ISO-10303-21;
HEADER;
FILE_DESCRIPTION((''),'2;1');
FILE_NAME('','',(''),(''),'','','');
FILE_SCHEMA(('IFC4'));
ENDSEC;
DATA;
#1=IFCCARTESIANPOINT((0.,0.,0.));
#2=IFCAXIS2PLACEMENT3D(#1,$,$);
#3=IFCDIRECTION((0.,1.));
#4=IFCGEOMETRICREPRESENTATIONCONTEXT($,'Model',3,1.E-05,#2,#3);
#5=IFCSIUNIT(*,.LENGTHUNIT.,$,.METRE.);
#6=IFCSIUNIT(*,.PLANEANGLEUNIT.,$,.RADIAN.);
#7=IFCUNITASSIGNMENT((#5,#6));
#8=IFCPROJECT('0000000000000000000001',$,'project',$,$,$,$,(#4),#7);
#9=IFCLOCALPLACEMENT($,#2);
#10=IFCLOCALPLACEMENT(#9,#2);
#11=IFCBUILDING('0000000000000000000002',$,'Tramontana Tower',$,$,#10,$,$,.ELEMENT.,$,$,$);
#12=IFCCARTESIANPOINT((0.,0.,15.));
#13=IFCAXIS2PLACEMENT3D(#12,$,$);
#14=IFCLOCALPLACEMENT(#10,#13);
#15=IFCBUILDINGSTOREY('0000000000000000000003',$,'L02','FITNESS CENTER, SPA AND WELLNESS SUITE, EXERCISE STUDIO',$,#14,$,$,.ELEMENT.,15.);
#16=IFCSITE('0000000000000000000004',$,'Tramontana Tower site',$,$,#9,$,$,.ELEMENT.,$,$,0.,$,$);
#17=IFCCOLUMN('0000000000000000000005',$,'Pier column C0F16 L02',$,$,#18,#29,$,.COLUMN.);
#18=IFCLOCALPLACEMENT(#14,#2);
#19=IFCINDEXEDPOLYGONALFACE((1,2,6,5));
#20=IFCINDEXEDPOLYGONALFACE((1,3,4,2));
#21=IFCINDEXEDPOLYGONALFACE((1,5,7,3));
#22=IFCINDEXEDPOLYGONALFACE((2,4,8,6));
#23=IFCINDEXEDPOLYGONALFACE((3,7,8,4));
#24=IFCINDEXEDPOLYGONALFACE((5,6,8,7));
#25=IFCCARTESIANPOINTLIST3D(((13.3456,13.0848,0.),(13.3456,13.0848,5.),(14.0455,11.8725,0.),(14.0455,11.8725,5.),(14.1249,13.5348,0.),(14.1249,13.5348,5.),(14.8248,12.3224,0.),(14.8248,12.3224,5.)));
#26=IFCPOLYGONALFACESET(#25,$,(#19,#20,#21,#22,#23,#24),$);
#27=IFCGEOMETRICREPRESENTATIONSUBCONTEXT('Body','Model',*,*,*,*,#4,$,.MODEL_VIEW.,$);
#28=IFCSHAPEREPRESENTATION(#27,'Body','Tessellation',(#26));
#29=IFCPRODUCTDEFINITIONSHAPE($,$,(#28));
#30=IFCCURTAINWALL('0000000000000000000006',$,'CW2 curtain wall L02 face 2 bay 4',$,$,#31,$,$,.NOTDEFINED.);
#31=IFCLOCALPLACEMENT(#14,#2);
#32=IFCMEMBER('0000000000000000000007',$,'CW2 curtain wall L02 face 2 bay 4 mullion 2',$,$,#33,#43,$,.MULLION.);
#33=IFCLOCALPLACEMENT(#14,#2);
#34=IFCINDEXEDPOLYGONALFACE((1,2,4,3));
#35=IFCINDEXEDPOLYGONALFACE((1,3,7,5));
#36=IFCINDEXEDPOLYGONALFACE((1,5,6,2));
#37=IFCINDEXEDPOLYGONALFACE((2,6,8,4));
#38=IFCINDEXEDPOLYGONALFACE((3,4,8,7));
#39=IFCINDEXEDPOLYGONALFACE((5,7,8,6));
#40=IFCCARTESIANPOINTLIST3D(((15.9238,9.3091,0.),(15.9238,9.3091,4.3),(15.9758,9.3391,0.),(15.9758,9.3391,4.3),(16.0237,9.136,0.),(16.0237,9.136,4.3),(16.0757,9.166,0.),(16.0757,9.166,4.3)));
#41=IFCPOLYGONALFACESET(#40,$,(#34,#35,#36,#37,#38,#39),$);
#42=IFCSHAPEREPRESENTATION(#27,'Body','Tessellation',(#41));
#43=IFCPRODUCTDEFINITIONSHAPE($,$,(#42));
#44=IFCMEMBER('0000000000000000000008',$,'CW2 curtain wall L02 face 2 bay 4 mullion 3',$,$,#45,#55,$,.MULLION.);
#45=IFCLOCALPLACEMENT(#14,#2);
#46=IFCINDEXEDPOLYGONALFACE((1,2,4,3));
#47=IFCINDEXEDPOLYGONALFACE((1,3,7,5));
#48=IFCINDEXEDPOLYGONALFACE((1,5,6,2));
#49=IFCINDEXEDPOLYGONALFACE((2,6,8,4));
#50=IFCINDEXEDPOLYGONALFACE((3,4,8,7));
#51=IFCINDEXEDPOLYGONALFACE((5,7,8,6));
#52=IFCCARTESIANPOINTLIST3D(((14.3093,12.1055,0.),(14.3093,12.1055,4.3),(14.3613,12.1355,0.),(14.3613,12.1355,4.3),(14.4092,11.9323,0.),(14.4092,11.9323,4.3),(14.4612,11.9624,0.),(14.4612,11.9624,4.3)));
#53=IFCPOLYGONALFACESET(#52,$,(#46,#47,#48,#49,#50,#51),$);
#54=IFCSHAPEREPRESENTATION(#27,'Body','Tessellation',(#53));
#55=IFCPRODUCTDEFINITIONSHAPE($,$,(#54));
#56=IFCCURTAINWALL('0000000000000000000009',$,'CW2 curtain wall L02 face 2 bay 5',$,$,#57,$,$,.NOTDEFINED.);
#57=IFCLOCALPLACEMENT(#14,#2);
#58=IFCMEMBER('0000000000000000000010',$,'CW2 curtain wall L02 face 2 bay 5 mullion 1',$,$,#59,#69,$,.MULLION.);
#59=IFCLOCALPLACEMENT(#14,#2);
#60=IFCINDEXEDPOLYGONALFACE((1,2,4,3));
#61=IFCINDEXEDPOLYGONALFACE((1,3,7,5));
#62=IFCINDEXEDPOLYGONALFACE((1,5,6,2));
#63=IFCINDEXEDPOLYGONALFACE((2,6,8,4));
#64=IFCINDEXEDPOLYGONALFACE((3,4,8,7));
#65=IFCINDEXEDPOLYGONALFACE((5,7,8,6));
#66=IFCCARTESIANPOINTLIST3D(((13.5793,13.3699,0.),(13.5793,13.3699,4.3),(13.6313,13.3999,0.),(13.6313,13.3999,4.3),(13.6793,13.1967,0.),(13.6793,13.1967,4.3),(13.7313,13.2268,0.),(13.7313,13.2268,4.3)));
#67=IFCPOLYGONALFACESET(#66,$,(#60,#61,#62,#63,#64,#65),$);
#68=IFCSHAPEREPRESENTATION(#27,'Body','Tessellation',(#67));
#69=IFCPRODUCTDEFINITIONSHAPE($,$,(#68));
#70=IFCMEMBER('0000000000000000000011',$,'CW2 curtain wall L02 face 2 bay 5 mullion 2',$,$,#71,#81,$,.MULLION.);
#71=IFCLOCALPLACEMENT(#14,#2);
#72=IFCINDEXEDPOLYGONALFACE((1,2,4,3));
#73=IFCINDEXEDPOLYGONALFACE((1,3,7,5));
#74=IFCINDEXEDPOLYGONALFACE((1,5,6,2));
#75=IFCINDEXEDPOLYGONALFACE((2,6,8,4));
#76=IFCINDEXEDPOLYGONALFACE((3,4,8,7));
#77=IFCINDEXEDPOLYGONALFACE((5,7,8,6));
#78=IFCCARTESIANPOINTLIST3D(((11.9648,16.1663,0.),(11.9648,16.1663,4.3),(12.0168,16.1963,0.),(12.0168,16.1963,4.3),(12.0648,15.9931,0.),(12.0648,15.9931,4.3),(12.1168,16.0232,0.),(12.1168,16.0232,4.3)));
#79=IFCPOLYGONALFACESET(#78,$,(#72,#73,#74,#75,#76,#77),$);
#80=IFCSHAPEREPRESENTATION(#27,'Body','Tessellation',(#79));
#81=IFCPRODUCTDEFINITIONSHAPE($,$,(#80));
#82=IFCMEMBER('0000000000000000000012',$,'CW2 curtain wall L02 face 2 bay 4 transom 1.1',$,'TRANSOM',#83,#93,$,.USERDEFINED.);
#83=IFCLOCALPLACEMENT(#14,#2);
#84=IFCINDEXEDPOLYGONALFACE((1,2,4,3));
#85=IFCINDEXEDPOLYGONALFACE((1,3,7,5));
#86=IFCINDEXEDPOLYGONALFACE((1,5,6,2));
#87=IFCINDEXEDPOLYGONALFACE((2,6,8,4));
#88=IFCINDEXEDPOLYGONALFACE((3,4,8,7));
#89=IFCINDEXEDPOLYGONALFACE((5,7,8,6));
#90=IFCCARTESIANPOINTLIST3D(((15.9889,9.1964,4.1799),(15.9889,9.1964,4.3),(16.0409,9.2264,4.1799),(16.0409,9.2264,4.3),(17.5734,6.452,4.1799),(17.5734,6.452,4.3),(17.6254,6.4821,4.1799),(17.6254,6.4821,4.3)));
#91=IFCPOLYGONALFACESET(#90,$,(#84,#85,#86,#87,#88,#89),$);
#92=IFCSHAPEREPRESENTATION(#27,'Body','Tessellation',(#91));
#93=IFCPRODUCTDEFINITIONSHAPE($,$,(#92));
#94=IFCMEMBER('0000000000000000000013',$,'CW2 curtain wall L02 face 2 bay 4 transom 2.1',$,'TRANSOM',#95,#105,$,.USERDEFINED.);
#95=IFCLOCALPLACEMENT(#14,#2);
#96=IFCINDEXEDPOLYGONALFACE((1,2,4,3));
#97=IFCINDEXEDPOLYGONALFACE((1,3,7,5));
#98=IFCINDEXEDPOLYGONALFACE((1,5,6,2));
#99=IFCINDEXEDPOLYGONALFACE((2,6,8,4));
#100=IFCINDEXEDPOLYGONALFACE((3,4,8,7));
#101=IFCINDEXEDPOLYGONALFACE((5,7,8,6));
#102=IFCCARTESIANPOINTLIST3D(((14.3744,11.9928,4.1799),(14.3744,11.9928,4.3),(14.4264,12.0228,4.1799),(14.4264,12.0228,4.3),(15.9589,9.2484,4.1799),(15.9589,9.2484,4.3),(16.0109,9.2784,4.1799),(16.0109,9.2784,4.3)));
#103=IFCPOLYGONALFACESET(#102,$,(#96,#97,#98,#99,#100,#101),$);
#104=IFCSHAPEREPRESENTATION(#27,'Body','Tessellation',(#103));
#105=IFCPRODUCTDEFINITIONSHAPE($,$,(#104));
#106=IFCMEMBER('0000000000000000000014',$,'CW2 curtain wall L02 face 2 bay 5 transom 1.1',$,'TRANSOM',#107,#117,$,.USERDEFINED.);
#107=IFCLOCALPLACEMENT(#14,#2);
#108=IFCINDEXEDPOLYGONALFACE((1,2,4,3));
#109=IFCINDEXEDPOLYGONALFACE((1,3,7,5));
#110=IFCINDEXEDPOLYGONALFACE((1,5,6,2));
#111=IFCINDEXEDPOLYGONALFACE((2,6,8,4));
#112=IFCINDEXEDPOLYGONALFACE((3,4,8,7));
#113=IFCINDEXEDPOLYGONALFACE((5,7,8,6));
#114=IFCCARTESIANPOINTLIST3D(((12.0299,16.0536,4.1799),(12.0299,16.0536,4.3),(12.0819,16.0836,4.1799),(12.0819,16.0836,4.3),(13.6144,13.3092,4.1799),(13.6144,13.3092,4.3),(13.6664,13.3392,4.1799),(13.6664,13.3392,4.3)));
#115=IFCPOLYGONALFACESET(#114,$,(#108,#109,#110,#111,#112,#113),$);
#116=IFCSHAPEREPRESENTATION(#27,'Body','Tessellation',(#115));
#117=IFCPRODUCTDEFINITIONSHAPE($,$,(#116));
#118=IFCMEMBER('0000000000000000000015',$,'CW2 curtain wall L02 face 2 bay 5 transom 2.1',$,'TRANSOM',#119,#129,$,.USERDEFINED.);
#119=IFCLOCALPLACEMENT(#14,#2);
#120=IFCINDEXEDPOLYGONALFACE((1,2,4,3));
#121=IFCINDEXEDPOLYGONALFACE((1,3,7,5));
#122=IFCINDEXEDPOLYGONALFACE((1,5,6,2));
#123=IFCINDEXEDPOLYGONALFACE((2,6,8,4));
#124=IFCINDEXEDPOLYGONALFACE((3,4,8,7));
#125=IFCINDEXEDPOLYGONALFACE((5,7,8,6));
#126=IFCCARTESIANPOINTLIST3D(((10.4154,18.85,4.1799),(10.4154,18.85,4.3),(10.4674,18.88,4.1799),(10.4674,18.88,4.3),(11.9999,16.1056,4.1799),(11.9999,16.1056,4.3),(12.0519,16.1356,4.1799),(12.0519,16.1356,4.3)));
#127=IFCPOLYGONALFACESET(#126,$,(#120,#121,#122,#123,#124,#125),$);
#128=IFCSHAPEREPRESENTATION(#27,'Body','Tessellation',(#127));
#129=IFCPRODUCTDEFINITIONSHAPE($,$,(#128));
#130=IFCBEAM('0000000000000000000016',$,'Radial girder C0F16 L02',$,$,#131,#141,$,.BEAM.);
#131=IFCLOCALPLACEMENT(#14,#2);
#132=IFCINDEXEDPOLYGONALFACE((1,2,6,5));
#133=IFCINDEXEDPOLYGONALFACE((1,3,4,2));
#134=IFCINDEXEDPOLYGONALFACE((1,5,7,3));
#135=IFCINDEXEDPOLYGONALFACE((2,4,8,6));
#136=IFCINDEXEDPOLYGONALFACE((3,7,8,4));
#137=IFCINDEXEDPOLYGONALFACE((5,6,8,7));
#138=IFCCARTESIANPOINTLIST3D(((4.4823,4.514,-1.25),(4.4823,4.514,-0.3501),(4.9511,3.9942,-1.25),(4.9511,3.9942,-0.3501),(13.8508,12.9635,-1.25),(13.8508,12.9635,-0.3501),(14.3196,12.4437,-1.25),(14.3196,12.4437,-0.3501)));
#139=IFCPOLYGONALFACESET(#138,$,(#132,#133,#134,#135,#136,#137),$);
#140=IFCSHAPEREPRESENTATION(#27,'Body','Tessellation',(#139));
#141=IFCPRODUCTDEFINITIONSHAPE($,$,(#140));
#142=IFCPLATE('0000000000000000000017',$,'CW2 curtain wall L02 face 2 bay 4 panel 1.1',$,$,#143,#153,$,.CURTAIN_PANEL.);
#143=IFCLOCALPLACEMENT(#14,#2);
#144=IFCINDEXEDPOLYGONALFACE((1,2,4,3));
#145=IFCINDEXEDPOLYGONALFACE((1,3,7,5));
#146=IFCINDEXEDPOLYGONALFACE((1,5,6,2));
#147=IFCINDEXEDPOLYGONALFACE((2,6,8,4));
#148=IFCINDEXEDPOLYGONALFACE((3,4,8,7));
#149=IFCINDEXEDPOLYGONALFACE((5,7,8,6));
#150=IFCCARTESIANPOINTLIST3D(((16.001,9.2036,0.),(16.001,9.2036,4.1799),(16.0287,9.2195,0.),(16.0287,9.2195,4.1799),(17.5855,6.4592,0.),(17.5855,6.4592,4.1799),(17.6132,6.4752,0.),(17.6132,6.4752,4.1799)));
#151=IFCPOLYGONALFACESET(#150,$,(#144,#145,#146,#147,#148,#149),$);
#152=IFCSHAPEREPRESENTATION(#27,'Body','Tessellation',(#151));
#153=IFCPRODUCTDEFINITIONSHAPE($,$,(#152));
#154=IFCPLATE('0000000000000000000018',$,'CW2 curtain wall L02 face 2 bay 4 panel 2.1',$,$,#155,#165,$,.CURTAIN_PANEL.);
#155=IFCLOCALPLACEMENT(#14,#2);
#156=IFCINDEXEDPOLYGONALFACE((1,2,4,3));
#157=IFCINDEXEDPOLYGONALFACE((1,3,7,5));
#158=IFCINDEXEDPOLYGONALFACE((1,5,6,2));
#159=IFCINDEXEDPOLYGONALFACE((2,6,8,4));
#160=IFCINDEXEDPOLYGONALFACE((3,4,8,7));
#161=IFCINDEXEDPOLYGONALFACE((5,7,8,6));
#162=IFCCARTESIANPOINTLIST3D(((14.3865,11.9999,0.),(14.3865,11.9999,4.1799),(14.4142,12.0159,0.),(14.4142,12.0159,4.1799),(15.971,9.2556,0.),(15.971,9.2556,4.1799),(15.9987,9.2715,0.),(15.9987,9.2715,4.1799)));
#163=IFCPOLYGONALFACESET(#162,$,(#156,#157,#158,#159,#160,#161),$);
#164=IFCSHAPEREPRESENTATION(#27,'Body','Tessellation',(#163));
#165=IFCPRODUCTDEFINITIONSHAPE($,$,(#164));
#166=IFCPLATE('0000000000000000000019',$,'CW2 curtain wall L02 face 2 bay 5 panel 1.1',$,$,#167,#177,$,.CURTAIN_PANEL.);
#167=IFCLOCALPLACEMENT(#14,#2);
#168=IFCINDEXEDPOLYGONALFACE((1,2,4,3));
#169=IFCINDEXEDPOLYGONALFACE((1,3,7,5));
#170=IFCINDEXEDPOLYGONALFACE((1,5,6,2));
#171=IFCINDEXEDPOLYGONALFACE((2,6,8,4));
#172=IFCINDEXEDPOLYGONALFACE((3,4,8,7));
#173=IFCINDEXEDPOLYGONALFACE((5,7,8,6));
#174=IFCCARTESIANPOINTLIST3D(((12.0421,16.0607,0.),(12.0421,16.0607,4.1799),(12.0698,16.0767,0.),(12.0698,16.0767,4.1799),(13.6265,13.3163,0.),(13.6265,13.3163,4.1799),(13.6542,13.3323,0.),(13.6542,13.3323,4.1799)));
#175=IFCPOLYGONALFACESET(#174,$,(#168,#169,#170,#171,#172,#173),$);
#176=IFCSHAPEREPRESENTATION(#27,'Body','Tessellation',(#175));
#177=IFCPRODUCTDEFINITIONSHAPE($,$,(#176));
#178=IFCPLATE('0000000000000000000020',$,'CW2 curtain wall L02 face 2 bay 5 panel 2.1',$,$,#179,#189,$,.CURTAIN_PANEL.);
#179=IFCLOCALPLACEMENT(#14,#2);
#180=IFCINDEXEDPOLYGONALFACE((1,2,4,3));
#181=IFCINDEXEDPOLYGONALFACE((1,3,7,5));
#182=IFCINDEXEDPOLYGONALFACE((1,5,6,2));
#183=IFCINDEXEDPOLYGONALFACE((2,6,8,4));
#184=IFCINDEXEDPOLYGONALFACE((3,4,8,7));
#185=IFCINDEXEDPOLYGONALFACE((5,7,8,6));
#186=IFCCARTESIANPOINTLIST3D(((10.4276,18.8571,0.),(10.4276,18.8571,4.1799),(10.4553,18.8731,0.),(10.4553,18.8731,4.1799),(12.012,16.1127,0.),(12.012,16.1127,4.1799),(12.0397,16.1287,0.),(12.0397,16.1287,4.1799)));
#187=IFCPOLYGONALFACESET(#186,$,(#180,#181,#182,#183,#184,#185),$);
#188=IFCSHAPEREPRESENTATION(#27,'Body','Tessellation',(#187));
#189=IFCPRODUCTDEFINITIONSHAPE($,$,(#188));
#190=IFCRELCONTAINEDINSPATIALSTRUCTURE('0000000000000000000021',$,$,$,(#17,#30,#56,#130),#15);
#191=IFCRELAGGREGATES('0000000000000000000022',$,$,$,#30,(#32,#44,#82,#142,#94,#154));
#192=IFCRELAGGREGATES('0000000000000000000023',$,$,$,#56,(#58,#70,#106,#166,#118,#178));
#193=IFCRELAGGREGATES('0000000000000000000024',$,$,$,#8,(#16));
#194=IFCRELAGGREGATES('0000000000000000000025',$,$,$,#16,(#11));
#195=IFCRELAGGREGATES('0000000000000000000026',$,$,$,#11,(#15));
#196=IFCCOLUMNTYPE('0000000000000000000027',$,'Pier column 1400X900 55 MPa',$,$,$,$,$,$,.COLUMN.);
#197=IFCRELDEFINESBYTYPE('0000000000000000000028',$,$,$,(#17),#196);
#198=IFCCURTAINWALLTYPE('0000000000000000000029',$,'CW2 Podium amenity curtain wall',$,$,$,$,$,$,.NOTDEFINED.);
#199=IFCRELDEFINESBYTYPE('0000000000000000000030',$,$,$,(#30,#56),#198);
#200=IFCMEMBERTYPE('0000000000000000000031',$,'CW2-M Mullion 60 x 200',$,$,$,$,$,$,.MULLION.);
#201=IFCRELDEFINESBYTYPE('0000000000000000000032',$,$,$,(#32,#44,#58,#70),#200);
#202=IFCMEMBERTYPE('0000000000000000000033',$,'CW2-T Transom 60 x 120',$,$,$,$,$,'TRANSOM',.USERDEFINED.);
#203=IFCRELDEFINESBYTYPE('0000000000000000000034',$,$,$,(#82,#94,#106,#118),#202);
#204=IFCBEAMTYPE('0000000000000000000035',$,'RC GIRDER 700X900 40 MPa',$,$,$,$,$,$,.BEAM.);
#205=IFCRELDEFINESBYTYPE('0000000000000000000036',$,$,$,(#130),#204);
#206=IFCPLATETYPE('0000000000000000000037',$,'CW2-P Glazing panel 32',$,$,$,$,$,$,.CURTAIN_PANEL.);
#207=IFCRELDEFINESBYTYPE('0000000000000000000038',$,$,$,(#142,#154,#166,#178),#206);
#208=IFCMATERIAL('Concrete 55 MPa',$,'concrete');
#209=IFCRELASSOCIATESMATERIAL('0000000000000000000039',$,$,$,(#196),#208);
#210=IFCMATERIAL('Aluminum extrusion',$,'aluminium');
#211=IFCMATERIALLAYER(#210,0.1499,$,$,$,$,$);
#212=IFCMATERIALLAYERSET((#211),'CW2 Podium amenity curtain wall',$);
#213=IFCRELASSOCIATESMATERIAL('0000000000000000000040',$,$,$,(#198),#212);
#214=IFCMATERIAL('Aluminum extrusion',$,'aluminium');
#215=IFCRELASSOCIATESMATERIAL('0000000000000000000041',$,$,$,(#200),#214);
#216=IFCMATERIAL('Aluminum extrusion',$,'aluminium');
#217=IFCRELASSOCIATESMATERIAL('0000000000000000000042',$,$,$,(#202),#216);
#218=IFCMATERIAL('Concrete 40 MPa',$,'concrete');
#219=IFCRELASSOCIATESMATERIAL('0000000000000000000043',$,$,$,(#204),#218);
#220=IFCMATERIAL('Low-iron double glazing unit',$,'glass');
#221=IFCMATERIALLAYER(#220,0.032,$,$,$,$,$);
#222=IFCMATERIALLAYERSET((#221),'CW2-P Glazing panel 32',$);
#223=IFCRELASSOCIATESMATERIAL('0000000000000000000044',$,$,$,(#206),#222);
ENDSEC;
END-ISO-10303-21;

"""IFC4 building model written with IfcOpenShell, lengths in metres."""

from ifc_helpers import new_model, si_unit, direction, frame, origin, origin_2d, place, context, subcontext, project, spatial, rectangle, extrude, material, layer, layer_set, material_profile, profile_set, type_object, element, aggregate, save


model = new_model("IFC4")

# Units and contexts
model_context = context("Model", 3, precision=1e-05, world=origin(), true_north=direction((0.0, 1.0)))
body_context = subcontext(model_context, "Body", "Model", "MODEL_VIEW")
ifc_project = project(units=[si_unit("LENGTHUNIT", "METRE"), si_unit("PLANEANGLEUNIT", "RADIAN")], contexts=[model_context])

# Site, building, storey
site_placement = place(None, origin())
site = spatial("IfcSite", under=ifc_project, at=site_placement, Name="Tramontana Tower site", CompositionType="ELEMENT", RefElevation=0.0)
building_placement = place(site_placement, origin())
building = spatial("IfcBuilding", under=site, at=building_placement, Name="Tramontana Tower", CompositionType="ELEMENT")
storey_placement = place(building_placement, frame((0.0, 0.0, 15.0)))
storey = spatial("IfcBuildingStorey", under=building, at=storey_placement, Name="L02", Description="FITNESS CENTER, SPA AND WELLNESS SUITE, EXERCISE STUDIO", CompositionType="ELEMENT", Elevation=15.0)

# Column
ifc_material_1 = material(Name="Concrete 55 MPa", Category="concrete")
ifc_material_profile_1 = material_profile(ifc_material_1, rectangle(XDim=1.3999, YDim=0.8999, at=origin_2d()), Name="Pier column 1400X900 55 MPa")
ifc_profile_set_1 = profile_set([ifc_material_profile_1], Name="Concrete 55 MPa")
column_type = type_object("IfcColumnType", Name="Pier column 1400X900 55 MPa", PredefinedType="COLUMN", material=ifc_profile_set_1)
column_placement = place(storey_placement, frame((14.0852, 12.7036, 0.0), z_axis=(0.0, 0.0, 1.0), x_axis=(-0.5, 0.866025, 0.0)))
element("IfcColumn", 1, at=column_placement, inside=storey, type_object=column_type, Name="Pier column C0F16 L02", PredefinedType="COLUMN", context=body_context, shape_type="SweptSolid", body=[
    extrude(rectangle(XDim=1.3999, YDim=0.8999, at=origin_2d()), origin(), (0.0, 0.0, 1.0), 5.0),
])

# Curtain walls, members
ifc_material_2 = material(Name="Aluminum extrusion", Category="aluminium")
ifc_layer_1 = layer(ifc_material_2, 0.1499)
ifc_layer_set_1 = layer_set([ifc_layer_1], Name="CW2 Podium amenity curtain wall")
curtain_wall_type = type_object("IfcCurtainWallType", Name="CW2 Podium amenity curtain wall", PredefinedType="NOTDEFINED", material=ifc_layer_set_1)
curtain_wall_1_placement = place(storey_placement, origin())
curtain_wall_1 = element("IfcCurtainWall", 2, at=curtain_wall_1_placement, inside=storey, type_object=curtain_wall_type, Name="CW2 curtain wall L02 face 2 bay 4", PredefinedType="NOTDEFINED")
ifc_material_3 = material(Name="Aluminum extrusion", Category="aluminium")
ifc_material_profile_2 = material_profile(ifc_material_3, rectangle(XDim=0.0601, YDim=0.2, at=origin_2d()), Name="CW2-M Mullion 60 x 200")
ifc_profile_set_2 = profile_set([ifc_material_profile_2], Name="Aluminum extrusion")
member_type_1 = type_object("IfcMemberType", Name="CW2-M Mullion 60 x 200", PredefinedType="MULLION", material=ifc_profile_set_2)
member_1_placement = place(storey_placement, frame((15.9998, 9.2375, 0.0), z_axis=(0.0, 0.0, 1.0), x_axis=(-0.866025, -0.5, 0.0)))
member_1 = element("IfcMember", 3, at=member_1_placement, type_object=member_type_1, Name="CW2 curtain wall L02 face 2 bay 4 mullion 2", PredefinedType="MULLION", context=body_context, shape_type="SweptSolid", body=[
    extrude(rectangle(XDim=0.0601, YDim=0.2, at=origin_2d()), origin(), (0.0, 0.0, 1.0), 4.3),
])
member_2_placement = place(storey_placement, frame((14.3853, 12.0339, 0.0), z_axis=(0.0, 0.0, 1.0), x_axis=(-0.866025, -0.5, 0.0)))
member_2 = element("IfcMember", 4, at=member_2_placement, type_object=member_type_1, Name="CW2 curtain wall L02 face 2 bay 4 mullion 3", PredefinedType="MULLION", context=body_context, shape_type="SweptSolid", body=[
    extrude(rectangle(XDim=0.0601, YDim=0.2, at=origin_2d()), origin(), (0.0, 0.0, 1.0), 4.3),
])
curtain_wall_2_placement = place(storey_placement, origin())
curtain_wall_2 = element("IfcCurtainWall", 5, at=curtain_wall_2_placement, inside=storey, type_object=curtain_wall_type, Name="CW2 curtain wall L02 face 2 bay 5", PredefinedType="NOTDEFINED")
member_3_placement = place(storey_placement, frame((13.6553, 13.2983, 0.0), z_axis=(0.0, 0.0, 1.0), x_axis=(-0.866025, -0.5, 0.0)))
member_3 = element("IfcMember", 6, at=member_3_placement, type_object=member_type_1, Name="CW2 curtain wall L02 face 2 bay 5 mullion 1", PredefinedType="MULLION", context=body_context, shape_type="SweptSolid", body=[
    extrude(rectangle(XDim=0.0601, YDim=0.2, at=origin_2d()), origin(), (0.0, 0.0, 1.0), 4.3),
])
member_4_placement = place(storey_placement, frame((12.0408, 16.0947, 0.0), z_axis=(0.0, 0.0, 1.0), x_axis=(-0.866025, -0.5, 0.0)))
member_4 = element("IfcMember", 7, at=member_4_placement, type_object=member_type_1, Name="CW2 curtain wall L02 face 2 bay 5 mullion 2", PredefinedType="MULLION", context=body_context, shape_type="SweptSolid", body=[
    extrude(rectangle(XDim=0.0601, YDim=0.2, at=origin_2d()), origin(), (0.0, 0.0, 1.0), 4.3),
])

# Members
ifc_material_4 = material(Name="Aluminum extrusion", Category="aluminium")
ifc_material_profile_3 = material_profile(ifc_material_4, rectangle(XDim=0.0601, YDim=0.1201, at=origin_2d()), Name="CW2-T Transom 60 x 120")
ifc_profile_set_3 = profile_set([ifc_material_profile_3], Name="Aluminum extrusion")
member_type_2 = type_object("IfcMemberType", Name="CW2-T Transom 60 x 120", ElementType="TRANSOM", PredefinedType="USERDEFINED", material=ifc_profile_set_3)
member_5_placement = place(storey_placement, frame((17.5994, 6.467, 4.24), z_axis=(-0.5, 0.866025, 0.0), x_axis=(-0.866025, -0.5, 0.0)))
member_5 = element("IfcMember", 8, at=member_5_placement, type_object=member_type_2, Name="CW2 curtain wall L02 face 2 bay 4 transom 1.1", ObjectType="TRANSOM", PredefinedType="USERDEFINED", context=body_context, shape_type="SweptSolid", body=[
    extrude(rectangle(XDim=0.0601, YDim=0.1201, at=origin_2d()), origin(), (0.0, 0.0, 1.0), 3.1689),
])
member_6_placement = place(storey_placement, frame((15.9849, 9.2634, 4.24), z_axis=(-0.5, 0.866025, 0.0), x_axis=(-0.866025, -0.5, 0.0)))
member_6 = element("IfcMember", 9, at=member_6_placement, type_object=member_type_2, Name="CW2 curtain wall L02 face 2 bay 4 transom 2.1", ObjectType="TRANSOM", PredefinedType="USERDEFINED", context=body_context, shape_type="SweptSolid", body=[
    extrude(rectangle(XDim=0.0601, YDim=0.1201, at=origin_2d()), origin(), (0.0, 0.0, 1.0), 3.1689),
])
member_7_placement = place(storey_placement, frame((13.6404, 13.3242, 4.24), z_axis=(-0.5, 0.866025, 0.0), x_axis=(-0.866025, -0.5, 0.0)))
member_7 = element("IfcMember", 10, at=member_7_placement, type_object=member_type_2, Name="CW2 curtain wall L02 face 2 bay 5 transom 1.1", ObjectType="TRANSOM", PredefinedType="USERDEFINED", context=body_context, shape_type="SweptSolid", body=[
    extrude(rectangle(XDim=0.0601, YDim=0.1201, at=origin_2d()), origin(), (0.0, 0.0, 1.0), 3.1689),
])
member_8_placement = place(storey_placement, frame((12.0259, 16.1206, 4.24), z_axis=(-0.5, 0.866025, 0.0), x_axis=(-0.866025, -0.5, 0.0)))
member_8 = element("IfcMember", 11, at=member_8_placement, type_object=member_type_2, Name="CW2 curtain wall L02 face 2 bay 5 transom 2.1", ObjectType="TRANSOM", PredefinedType="USERDEFINED", context=body_context, shape_type="SweptSolid", body=[
    extrude(rectangle(XDim=0.0601, YDim=0.1201, at=origin_2d()), origin(), (0.0, 0.0, 1.0), 3.1689),
])

# Beam
ifc_material_5 = material(Name="Concrete 40 MPa", Category="concrete")
ifc_material_profile_4 = material_profile(ifc_material_5, rectangle(XDim=0.7, YDim=0.8999, at=origin_2d()), Name="RC GIRDER 700X900 40 MPa")
ifc_profile_set_4 = profile_set([ifc_material_profile_4], Name="Concrete 40 MPa")
beam_type = type_object("IfcBeamType", Name="RC GIRDER 700X900 40 MPa", PredefinedType="BEAM", material=ifc_profile_set_4)
beam_placement = place(storey_placement, frame((14.0852, 12.7036, -0.8), z_axis=(-0.742588, -0.669748, 0.0), x_axis=(0.669748, -0.742588, 0.0)))
element("IfcBeam", 12, at=beam_placement, inside=storey, type_object=beam_type, Name="Radial girder C0F16 L02", PredefinedType="BEAM", context=body_context, shape_type="SweptSolid", body=[
    extrude(rectangle(XDim=0.7, YDim=0.8999, at=origin_2d()), origin(), (0.0, 0.0, 1.0), 12.616),
])

# Plates
ifc_material_6 = material(Name="Low-iron double glazing unit", Category="glass")
ifc_layer_2 = layer(ifc_material_6, 0.032)
ifc_layer_set_2 = layer_set([ifc_layer_2], Name="CW2-P Glazing panel 32")
plate_type = type_object("IfcPlateType", Name="CW2-P Glazing panel 32", PredefinedType="CURTAIN_PANEL", material=ifc_layer_set_2)
plate_1_placement = place(storey_placement, frame((16.8071, 7.8394, 0.0), z_axis=(0.0, 0.0, 1.0), x_axis=(-0.5, 0.866025, 0.0)))
plate_1 = element("IfcPlate", 13, at=plate_1_placement, type_object=plate_type, Name="CW2 curtain wall L02 face 2 bay 4 panel 1.1", PredefinedType="CURTAIN_PANEL", context=body_context, shape_type="SweptSolid", body=[
    extrude(rectangle(XDim=3.1689, YDim=0.032, at=origin_2d()), origin(), (0.0, 0.0, 1.0), 4.1799),
])
plate_2_placement = place(storey_placement, frame((15.1926, 10.6357, 0.0), z_axis=(0.0, 0.0, 1.0), x_axis=(-0.5, 0.866025, 0.0)))
plate_2 = element("IfcPlate", 14, at=plate_2_placement, type_object=plate_type, Name="CW2 curtain wall L02 face 2 bay 4 panel 2.1", PredefinedType="CURTAIN_PANEL", context=body_context, shape_type="SweptSolid", body=[
    extrude(rectangle(XDim=3.1689, YDim=0.032, at=origin_2d()), origin(), (0.0, 0.0, 1.0), 4.1799),
])
aggregate(curtain_wall_1, [member_1, member_2, member_5, plate_1, member_6, plate_2])
plate_3_placement = place(storey_placement, frame((12.8481, 14.6965, 0.0), z_axis=(0.0, 0.0, 1.0), x_axis=(-0.5, 0.866025, 0.0)))
plate_3 = element("IfcPlate", 15, at=plate_3_placement, type_object=plate_type, Name="CW2 curtain wall L02 face 2 bay 5 panel 1.1", PredefinedType="CURTAIN_PANEL", context=body_context, shape_type="SweptSolid", body=[
    extrude(rectangle(XDim=3.1689, YDim=0.032, at=origin_2d()), origin(), (0.0, 0.0, 1.0), 4.1799),
])
plate_4_placement = place(storey_placement, frame((11.2336, 17.4929, 0.0), z_axis=(0.0, 0.0, 1.0), x_axis=(-0.5, 0.866025, 0.0)))
plate_4 = element("IfcPlate", 16, at=plate_4_placement, type_object=plate_type, Name="CW2 curtain wall L02 face 2 bay 5 panel 2.1", PredefinedType="CURTAIN_PANEL", context=body_context, shape_type="SweptSolid", body=[
    extrude(rectangle(XDim=3.1689, YDim=0.032, at=origin_2d()), origin(), (0.0, 0.0, 1.0), 4.1799),
])
aggregate(curtain_wall_2, [member_3, member_4, member_7, plate_3, member_8, plate_4])

save(model, "model.ifc")
